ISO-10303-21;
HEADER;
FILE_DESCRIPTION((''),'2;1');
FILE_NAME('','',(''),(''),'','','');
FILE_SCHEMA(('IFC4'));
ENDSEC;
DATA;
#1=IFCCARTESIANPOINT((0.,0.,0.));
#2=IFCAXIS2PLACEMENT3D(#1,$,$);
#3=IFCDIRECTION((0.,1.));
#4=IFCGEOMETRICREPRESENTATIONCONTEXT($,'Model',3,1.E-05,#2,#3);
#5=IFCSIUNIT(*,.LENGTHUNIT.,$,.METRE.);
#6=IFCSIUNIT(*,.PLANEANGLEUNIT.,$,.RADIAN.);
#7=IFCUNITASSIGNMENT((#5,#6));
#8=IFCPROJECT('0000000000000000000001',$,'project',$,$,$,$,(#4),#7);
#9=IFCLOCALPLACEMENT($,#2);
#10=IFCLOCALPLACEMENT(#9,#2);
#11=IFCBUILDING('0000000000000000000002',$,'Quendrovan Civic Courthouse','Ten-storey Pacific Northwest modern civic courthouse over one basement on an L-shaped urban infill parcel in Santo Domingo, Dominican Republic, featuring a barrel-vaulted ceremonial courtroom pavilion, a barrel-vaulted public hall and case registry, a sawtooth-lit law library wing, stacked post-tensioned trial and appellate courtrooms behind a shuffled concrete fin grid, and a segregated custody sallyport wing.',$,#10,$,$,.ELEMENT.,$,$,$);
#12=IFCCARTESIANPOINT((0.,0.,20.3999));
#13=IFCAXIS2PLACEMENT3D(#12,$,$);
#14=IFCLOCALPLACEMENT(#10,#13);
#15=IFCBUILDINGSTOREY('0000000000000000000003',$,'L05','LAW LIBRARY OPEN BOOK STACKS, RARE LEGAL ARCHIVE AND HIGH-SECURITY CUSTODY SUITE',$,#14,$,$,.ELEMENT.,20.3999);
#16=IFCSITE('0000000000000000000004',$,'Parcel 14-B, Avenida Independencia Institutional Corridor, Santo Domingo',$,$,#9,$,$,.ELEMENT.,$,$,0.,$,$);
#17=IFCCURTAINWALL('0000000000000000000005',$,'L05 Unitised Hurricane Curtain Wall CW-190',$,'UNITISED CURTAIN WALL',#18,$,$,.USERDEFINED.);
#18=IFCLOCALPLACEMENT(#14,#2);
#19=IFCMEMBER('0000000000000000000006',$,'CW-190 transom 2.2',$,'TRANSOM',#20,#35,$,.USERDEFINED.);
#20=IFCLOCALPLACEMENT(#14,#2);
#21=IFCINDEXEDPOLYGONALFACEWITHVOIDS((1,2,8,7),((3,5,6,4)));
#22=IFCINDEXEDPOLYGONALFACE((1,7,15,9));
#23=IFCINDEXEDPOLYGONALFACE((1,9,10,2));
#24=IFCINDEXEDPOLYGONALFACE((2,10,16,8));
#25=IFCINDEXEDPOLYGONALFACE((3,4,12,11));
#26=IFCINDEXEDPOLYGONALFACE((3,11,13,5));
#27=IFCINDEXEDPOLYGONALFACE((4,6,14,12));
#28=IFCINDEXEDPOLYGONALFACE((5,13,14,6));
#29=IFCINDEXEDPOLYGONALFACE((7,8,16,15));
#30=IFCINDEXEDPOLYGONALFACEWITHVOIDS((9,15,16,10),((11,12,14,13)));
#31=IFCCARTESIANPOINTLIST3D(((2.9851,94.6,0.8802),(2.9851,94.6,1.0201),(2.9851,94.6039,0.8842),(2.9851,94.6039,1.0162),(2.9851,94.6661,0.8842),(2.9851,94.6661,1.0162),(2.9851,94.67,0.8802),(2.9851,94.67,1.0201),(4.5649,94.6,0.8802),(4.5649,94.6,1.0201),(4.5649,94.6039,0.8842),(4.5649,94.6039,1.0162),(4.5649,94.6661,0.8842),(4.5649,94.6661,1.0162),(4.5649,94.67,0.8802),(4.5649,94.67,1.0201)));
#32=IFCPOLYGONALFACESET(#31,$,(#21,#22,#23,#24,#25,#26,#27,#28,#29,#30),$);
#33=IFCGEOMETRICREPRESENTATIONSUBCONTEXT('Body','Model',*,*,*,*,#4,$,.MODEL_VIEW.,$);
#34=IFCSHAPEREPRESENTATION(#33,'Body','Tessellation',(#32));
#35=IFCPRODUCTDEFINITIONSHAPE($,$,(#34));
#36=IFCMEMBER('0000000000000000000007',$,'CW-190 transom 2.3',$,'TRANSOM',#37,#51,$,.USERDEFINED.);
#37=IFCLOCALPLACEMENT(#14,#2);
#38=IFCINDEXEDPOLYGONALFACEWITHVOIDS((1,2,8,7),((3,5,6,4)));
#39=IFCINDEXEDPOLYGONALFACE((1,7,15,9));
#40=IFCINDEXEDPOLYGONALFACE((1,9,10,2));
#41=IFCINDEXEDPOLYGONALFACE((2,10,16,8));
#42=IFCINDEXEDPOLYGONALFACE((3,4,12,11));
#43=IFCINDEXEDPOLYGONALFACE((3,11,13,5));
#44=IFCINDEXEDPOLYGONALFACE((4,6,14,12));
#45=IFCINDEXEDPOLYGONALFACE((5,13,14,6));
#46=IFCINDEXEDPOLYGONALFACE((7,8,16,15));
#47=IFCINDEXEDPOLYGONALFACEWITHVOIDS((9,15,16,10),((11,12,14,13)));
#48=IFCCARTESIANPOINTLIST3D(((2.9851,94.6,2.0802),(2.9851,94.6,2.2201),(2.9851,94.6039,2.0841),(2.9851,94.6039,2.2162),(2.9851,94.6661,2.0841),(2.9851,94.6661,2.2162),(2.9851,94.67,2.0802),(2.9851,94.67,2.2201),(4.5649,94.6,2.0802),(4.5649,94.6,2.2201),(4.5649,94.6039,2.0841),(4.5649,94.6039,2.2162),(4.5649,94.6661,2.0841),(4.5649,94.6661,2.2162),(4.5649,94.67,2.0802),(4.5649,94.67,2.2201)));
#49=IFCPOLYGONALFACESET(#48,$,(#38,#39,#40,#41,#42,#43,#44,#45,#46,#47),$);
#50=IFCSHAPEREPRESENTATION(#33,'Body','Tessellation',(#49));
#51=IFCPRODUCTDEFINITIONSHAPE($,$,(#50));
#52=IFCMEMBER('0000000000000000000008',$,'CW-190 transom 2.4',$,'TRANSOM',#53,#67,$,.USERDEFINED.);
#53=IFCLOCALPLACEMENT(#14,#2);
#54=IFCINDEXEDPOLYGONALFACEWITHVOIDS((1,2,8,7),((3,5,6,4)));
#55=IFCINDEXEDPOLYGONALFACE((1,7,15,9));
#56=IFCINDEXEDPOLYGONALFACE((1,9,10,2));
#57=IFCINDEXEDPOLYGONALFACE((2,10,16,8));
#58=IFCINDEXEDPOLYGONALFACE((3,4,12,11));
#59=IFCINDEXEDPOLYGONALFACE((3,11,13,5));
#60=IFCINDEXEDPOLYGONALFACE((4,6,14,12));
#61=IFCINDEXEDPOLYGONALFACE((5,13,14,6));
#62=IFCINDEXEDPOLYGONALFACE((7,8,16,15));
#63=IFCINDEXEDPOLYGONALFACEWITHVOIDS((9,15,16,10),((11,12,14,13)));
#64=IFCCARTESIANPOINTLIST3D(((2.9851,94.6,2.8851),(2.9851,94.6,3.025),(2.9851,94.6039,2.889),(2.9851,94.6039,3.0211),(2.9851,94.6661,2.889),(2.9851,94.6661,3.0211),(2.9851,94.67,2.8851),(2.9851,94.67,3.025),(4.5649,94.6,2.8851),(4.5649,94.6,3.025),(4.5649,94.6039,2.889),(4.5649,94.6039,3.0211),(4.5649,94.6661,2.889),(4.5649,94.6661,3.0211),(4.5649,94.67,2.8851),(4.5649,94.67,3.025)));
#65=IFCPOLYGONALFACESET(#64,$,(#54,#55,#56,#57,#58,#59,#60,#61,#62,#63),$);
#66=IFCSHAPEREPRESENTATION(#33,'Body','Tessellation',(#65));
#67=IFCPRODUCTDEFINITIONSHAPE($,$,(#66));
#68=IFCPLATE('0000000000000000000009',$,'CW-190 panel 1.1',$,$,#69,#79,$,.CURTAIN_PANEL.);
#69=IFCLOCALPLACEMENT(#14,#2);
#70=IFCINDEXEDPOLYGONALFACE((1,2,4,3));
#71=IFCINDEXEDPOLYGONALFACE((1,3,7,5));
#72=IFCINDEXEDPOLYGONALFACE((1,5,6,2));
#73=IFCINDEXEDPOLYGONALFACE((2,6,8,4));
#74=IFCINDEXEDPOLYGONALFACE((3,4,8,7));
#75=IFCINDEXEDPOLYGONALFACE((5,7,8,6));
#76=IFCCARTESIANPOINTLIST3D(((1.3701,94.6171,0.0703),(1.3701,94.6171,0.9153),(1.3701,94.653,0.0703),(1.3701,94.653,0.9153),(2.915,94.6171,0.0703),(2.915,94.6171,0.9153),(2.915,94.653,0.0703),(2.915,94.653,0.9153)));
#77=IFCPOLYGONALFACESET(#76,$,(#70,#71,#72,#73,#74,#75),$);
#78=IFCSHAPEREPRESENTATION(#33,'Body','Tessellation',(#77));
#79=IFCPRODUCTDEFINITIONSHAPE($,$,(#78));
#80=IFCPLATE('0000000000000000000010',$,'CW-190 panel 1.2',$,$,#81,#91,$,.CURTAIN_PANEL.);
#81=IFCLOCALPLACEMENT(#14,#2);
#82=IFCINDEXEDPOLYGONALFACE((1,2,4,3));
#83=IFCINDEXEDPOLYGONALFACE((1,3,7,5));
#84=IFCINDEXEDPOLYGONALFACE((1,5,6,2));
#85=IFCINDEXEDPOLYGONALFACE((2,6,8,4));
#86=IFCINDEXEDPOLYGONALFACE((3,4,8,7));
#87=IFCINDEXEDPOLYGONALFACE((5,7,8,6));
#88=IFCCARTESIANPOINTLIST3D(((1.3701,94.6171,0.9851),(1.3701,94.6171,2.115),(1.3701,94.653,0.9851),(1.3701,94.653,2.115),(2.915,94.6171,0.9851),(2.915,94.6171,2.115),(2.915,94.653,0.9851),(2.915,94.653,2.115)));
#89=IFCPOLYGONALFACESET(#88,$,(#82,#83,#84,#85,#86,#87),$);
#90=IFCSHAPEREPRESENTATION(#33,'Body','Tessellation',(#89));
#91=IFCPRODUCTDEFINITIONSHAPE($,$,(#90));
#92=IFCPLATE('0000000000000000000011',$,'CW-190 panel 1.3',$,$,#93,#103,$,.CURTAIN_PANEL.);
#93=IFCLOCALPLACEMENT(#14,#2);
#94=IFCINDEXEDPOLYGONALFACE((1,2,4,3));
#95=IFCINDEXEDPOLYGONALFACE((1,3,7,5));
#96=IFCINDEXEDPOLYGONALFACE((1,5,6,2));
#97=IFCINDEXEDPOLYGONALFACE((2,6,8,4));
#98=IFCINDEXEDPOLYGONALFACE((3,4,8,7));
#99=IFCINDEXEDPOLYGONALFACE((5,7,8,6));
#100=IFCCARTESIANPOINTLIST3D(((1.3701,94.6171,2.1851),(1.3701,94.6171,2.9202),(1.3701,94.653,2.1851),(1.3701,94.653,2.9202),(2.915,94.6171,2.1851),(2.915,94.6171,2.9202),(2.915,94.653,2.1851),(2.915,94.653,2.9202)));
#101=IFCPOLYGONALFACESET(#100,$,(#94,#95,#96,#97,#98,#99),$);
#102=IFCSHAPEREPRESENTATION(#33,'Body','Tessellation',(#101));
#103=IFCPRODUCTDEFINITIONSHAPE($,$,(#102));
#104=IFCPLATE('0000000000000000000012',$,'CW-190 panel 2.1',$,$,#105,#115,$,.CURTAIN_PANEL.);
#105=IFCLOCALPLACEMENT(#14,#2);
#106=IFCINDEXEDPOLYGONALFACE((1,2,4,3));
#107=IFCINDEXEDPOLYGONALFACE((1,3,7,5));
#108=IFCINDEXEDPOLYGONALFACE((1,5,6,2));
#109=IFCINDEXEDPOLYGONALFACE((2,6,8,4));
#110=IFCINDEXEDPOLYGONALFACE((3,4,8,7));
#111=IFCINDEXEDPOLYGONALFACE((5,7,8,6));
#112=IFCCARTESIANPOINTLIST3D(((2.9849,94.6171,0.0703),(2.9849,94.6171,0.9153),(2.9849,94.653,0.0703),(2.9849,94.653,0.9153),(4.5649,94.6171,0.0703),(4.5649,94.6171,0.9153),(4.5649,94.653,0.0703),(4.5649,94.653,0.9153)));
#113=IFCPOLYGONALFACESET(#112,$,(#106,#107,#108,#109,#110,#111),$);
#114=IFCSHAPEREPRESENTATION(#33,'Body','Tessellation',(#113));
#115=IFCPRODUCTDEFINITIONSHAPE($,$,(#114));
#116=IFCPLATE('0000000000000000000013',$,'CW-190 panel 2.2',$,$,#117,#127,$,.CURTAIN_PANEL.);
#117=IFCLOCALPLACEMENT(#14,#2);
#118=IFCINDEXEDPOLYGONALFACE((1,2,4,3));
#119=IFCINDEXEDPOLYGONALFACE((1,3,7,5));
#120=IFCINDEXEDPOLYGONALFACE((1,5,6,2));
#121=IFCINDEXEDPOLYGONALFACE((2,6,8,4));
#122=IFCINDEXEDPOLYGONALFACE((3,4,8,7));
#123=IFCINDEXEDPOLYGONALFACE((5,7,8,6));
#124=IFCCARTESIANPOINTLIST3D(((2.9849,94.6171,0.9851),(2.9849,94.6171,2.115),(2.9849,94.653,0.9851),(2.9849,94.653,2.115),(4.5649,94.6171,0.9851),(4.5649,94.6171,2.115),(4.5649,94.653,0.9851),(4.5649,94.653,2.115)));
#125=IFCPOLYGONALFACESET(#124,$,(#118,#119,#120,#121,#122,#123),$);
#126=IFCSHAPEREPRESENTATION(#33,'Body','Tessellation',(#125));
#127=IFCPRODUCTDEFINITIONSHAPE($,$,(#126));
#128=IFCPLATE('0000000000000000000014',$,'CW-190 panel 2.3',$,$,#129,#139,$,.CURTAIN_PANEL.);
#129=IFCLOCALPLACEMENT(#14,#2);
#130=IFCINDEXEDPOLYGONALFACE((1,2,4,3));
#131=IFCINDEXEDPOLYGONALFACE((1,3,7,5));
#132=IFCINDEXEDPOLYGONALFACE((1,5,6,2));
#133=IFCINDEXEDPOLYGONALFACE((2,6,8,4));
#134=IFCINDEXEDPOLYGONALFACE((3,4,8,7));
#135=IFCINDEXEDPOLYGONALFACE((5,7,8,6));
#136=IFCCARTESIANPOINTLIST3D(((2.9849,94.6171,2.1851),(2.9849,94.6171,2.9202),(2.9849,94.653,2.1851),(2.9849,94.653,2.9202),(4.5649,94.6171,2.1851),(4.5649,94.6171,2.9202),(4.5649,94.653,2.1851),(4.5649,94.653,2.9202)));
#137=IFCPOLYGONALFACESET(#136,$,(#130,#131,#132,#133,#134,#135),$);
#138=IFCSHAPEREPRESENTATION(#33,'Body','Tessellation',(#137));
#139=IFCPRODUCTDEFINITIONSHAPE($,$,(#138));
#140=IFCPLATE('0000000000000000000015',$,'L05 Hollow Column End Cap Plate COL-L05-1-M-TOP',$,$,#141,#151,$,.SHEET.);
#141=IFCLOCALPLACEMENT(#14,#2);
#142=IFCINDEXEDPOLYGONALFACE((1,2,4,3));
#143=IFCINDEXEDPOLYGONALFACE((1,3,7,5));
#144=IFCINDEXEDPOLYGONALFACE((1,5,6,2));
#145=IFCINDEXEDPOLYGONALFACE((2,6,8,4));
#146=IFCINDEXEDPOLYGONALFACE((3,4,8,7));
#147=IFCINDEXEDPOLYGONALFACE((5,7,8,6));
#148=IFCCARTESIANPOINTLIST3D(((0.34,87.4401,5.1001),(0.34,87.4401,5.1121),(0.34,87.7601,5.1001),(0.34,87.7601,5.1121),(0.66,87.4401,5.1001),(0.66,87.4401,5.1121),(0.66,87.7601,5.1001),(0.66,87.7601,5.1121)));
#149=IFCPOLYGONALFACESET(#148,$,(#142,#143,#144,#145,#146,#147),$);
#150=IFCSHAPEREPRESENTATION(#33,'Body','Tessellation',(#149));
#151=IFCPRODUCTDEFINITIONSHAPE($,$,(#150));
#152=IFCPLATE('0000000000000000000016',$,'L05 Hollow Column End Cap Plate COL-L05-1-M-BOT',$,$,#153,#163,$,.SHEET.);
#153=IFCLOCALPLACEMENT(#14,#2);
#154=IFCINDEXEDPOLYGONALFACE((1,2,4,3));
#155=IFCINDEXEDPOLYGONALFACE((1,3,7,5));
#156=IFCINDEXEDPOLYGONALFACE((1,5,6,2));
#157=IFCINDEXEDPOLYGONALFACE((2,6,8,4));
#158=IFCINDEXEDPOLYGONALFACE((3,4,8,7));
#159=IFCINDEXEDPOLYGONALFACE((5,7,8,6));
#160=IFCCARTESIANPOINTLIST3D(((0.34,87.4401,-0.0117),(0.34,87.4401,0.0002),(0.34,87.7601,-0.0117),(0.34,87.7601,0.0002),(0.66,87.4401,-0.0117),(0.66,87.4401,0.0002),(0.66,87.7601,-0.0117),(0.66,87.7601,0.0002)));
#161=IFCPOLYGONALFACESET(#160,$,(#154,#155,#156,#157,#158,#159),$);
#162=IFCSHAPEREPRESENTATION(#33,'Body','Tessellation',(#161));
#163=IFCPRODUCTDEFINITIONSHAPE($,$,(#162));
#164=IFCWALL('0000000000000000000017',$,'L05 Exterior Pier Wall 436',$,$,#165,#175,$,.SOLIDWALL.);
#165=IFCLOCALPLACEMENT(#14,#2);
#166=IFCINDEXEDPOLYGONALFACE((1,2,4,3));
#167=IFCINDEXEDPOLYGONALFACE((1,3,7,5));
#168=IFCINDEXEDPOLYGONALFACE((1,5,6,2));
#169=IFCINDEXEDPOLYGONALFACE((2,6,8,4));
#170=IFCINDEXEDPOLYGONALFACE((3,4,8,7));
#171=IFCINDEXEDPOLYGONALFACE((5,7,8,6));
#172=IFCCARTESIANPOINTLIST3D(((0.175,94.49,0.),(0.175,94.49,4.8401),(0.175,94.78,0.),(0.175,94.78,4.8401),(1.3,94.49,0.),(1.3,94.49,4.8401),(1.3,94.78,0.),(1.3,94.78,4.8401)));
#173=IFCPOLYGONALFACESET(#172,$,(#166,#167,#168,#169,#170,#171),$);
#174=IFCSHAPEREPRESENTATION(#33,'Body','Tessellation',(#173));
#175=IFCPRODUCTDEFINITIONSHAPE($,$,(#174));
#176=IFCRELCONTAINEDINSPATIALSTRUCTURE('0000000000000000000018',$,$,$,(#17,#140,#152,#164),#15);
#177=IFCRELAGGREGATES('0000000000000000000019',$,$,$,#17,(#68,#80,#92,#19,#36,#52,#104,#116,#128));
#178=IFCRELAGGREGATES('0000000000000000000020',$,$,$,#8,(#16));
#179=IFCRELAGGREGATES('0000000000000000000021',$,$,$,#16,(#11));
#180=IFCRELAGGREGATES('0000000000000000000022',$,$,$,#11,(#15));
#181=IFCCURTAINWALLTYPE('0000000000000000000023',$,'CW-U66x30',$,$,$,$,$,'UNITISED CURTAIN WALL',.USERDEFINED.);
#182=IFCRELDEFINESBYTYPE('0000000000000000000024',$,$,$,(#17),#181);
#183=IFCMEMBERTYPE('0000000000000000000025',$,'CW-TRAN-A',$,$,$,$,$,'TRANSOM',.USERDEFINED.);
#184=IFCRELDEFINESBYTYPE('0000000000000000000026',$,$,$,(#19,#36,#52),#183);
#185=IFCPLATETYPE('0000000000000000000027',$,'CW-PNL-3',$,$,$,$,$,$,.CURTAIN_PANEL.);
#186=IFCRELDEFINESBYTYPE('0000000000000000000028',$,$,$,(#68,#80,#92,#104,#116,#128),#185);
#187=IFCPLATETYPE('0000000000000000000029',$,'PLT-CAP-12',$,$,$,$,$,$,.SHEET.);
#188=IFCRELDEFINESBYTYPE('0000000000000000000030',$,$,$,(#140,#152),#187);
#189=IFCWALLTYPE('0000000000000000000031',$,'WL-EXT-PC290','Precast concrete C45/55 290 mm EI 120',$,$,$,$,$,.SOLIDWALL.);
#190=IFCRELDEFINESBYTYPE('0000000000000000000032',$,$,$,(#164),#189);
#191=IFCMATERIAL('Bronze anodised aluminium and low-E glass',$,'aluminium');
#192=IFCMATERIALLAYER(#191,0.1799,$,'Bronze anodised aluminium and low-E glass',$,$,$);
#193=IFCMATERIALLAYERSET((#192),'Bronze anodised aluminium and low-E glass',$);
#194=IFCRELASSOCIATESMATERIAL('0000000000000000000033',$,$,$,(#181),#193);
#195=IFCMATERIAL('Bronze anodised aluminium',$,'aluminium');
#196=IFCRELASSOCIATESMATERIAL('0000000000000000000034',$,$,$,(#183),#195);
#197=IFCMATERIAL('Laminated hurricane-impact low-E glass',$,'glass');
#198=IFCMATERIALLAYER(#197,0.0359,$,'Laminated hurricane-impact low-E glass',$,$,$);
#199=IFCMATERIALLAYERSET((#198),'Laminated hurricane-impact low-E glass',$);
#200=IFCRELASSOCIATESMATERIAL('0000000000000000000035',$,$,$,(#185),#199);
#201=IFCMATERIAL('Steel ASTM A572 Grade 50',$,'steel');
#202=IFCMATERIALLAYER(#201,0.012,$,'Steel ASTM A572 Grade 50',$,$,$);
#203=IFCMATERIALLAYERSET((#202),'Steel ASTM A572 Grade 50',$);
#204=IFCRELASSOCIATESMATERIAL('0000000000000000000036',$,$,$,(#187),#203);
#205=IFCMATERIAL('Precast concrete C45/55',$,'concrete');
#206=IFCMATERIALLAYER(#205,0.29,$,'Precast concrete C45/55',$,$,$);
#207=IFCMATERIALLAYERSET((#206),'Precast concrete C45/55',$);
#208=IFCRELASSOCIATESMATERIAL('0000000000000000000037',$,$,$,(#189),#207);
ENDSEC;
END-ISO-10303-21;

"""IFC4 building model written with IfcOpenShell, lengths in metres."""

from ifc_helpers import new_model, si_unit, direction, frame, frame_2d, origin, origin_2d, place, context, subcontext, project, spatial, rectangle, hollow_rectangle, extrude, material, layer, layer_set, material_profile, profile_set, type_object, element, aggregate, save


model = new_model("IFC4")

# Units and contexts
model_context = context("Model", 3, precision=1e-05, world=origin(), true_north=direction((0.0, 1.0)))
body_context = subcontext(model_context, "Body", "Model", "MODEL_VIEW")
ifc_project = project(units=[si_unit("LENGTHUNIT", "METRE"), si_unit("PLANEANGLEUNIT", "RADIAN")], contexts=[model_context])

# Site, building, storey
site_placement = place(None, origin())
site = spatial("IfcSite", under=ifc_project, at=site_placement, Name="Parcel 14-B, Avenida Independencia Institutional Corridor, Santo Domingo", CompositionType="ELEMENT", RefElevation=0.0)
building_placement = place(site_placement, origin())
building = spatial("IfcBuilding", under=site, at=building_placement, Name="Quendrovan Civic Courthouse", Description="Ten-storey Pacific Northwest modern civic courthouse over one basement on an L-shaped urban infill parcel in Santo Domingo, Dominican Republic, featuring a barrel-vaulted ceremonial courtroom pavilion, a barrel-vaulted public hall and case registry, a sawtooth-lit law library wing, stacked post-tensioned trial and appellate courtrooms behind a shuffled concrete fin grid, and a segregated custody sallyport wing.", CompositionType="ELEMENT")
storey_placement = place(building_placement, frame((0.0, 0.0, 20.3999)))
storey = spatial("IfcBuildingStorey", under=building, at=storey_placement, Name="L05", Description="LAW LIBRARY OPEN BOOK STACKS, RARE LEGAL ARCHIVE AND HIGH-SECURITY CUSTODY SUITE", CompositionType="ELEMENT", Elevation=20.3999)

# Curtain wall, members, plates
ifc_material_1 = material(Name="Bronze anodised aluminium and low-E glass", Category="aluminium")
ifc_layer_1 = layer(ifc_material_1, 0.1799, Name="Bronze anodised aluminium and low-E glass")
ifc_layer_set_1 = layer_set([ifc_layer_1], Name="Bronze anodised aluminium and low-E glass")
curtain_wall_type = type_object("IfcCurtainWallType", Name="CW-U66x30", ElementType="UNITISED CURTAIN WALL", PredefinedType="USERDEFINED", material=ifc_layer_set_1)
curtain_wall_placement = place(storey_placement, origin())
curtain_wall = element("IfcCurtainWall", 1, at=curtain_wall_placement, inside=storey, type_object=curtain_wall_type, Name="L05 Unitised Hurricane Curtain Wall CW-190", ObjectType="UNITISED CURTAIN WALL", PredefinedType="USERDEFINED")
ifc_material_2 = material(Name="Bronze anodised aluminium", Category="aluminium")
ifc_material_profile_1 = material_profile(ifc_material_2, hollow_rectangle(XDim=0.0701, YDim=0.1399, WallThickness=0.0039, at=origin_2d()), Name="CW-TRAN-70x140")
ifc_profile_set_1 = profile_set([ifc_material_profile_1], Name="Bronze anodised aluminium")
member_type_1 = type_object("IfcMemberType", Name="CW-TRAN-A", ElementType="TRANSOM", PredefinedType="USERDEFINED", material=ifc_profile_set_1)
member_1_placement = place(storey_placement, frame((2.9851, 94.635, 0.9502), z_axis=(1.0, 0.0, 0.0), x_axis=(0.0, 1.0, 0.0)))
member_1 = element("IfcMember", 2, at=member_1_placement, type_object=member_type_1, Name="CW-190 transom 2.2", ObjectType="TRANSOM", PredefinedType="USERDEFINED", context=body_context, shape_type="SweptSolid", body=[
    extrude(hollow_rectangle(XDim=0.0701, YDim=0.1399, WallThickness=0.0039, at=origin_2d()), origin(), (0.0, 0.0, 1.0), 1.5798),
])
member_2_placement = place(storey_placement, frame((2.9851, 94.635, 2.1501), z_axis=(1.0, 0.0, 0.0), x_axis=(0.0, 1.0, 0.0)))
member_2 = element("IfcMember", 3, at=member_2_placement, type_object=member_type_1, Name="CW-190 transom 2.3", ObjectType="TRANSOM", PredefinedType="USERDEFINED", context=body_context, shape_type="SweptSolid", body=[
    extrude(hollow_rectangle(XDim=0.0701, YDim=0.1399, WallThickness=0.0039, at=origin_2d()), origin(), (0.0, 0.0, 1.0), 1.5798),
])
member_3_placement = place(storey_placement, frame((2.9851, 94.635, 2.9551), z_axis=(1.0, 0.0, 0.0), x_axis=(0.0, 1.0, 0.0)))
member_3 = element("IfcMember", 4, at=member_3_placement, type_object=member_type_1, Name="CW-190 transom 2.4", ObjectType="TRANSOM", PredefinedType="USERDEFINED", context=body_context, shape_type="SweptSolid", body=[
    extrude(hollow_rectangle(XDim=0.0701, YDim=0.1399, WallThickness=0.0039, at=origin_2d()), origin(), (0.0, 0.0, 1.0), 1.5798),
])
ifc_material_3 = material(Name="Laminated hurricane-impact low-E glass", Category="glass")
ifc_layer_2 = layer(ifc_material_3, 0.0359, Name="Laminated hurricane-impact low-E glass")
ifc_layer_set_2 = layer_set([ifc_layer_2], Name="Laminated hurricane-impact low-E glass")
plate_type_1 = type_object("IfcPlateType", Name="CW-PNL-3", PredefinedType="CURTAIN_PANEL", material=ifc_layer_set_2)
plate_1_placement = place(storey_placement, frame((2.1426, 94.635, 0.0703), z_axis=(0.0, 0.0, 1.0), x_axis=(1.0, 0.0, 0.0)))
plate_1 = element("IfcPlate", 5, at=plate_1_placement, type_object=plate_type_1, Name="CW-190 panel 1.1", PredefinedType="CURTAIN_PANEL", context=body_context, shape_type="SweptSolid", body=[
    extrude(rectangle(XDim=1.5449, YDim=0.0359, at=origin_2d()), origin(), (0.0, 0.0, 1.0), 0.845),
])
plate_2_placement = place(storey_placement, frame((2.1426, 94.635, 0.9851), z_axis=(0.0, 0.0, 1.0), x_axis=(1.0, 0.0, 0.0)))
plate_2 = element("IfcPlate", 6, at=plate_2_placement, type_object=plate_type_1, Name="CW-190 panel 1.2", PredefinedType="CURTAIN_PANEL", context=body_context, shape_type="SweptSolid", body=[
    extrude(rectangle(XDim=1.5449, YDim=0.0359, at=origin_2d()), origin(), (0.0, 0.0, 1.0), 1.1299),
])
plate_3_placement = place(storey_placement, frame((2.1426, 94.635, 2.1851), z_axis=(0.0, 0.0, 1.0), x_axis=(1.0, 0.0, 0.0)))
plate_3 = element("IfcPlate", 7, at=plate_3_placement, type_object=plate_type_1, Name="CW-190 panel 1.3", PredefinedType="CURTAIN_PANEL", context=body_context, shape_type="SweptSolid", body=[
    extrude(rectangle(XDim=1.5449, YDim=0.0359, at=origin_2d()), origin(), (0.0, 0.0, 1.0), 0.7351),
])
plate_4_placement = place(storey_placement, frame((3.7749, 94.635, 0.0703), z_axis=(0.0, 0.0, 1.0), x_axis=(1.0, 0.0, 0.0)))
plate_4 = element("IfcPlate", 8, at=plate_4_placement, type_object=plate_type_1, Name="CW-190 panel 2.1", PredefinedType="CURTAIN_PANEL", context=body_context, shape_type="SweptSolid", body=[
    extrude(rectangle(XDim=1.5801, YDim=0.0359, at=origin_2d()), origin(), (0.0, 0.0, 1.0), 0.845),
])
plate_5_placement = place(storey_placement, frame((3.7749, 94.635, 0.9851), z_axis=(0.0, 0.0, 1.0), x_axis=(1.0, 0.0, 0.0)))
plate_5 = element("IfcPlate", 9, at=plate_5_placement, type_object=plate_type_1, Name="CW-190 panel 2.2", PredefinedType="CURTAIN_PANEL", context=body_context, shape_type="SweptSolid", body=[
    extrude(rectangle(XDim=1.5801, YDim=0.0359, at=origin_2d()), origin(), (0.0, 0.0, 1.0), 1.1299),
])
plate_6_placement = place(storey_placement, frame((3.7749, 94.635, 2.1851), z_axis=(0.0, 0.0, 1.0), x_axis=(1.0, 0.0, 0.0)))
plate_6 = element("IfcPlate", 10, at=plate_6_placement, type_object=plate_type_1, Name="CW-190 panel 2.3", PredefinedType="CURTAIN_PANEL", context=body_context, shape_type="SweptSolid", body=[
    extrude(rectangle(XDim=1.5801, YDim=0.0359, at=origin_2d()), origin(), (0.0, 0.0, 1.0), 0.7351),
])
aggregate(curtain_wall, [plate_1, plate_2, plate_3, member_1, member_2, member_3, plate_4, plate_5, plate_6])

# Plates
ifc_material_4 = material(Name="Steel ASTM A572 Grade 50", Category="steel")
ifc_layer_3 = layer(ifc_material_4, 0.012, Name="Steel ASTM A572 Grade 50")
ifc_layer_set_3 = layer_set([ifc_layer_3], Name="Steel ASTM A572 Grade 50")
plate_type_2 = type_object("IfcPlateType", Name="PLT-CAP-12", PredefinedType="SHEET", material=ifc_layer_set_3)
for number, where, z_axis, x_axis, name in (
    (11, (0.5, 87.6001, 5.1001), (0.0, 0.0, 1.0), (1.0, 0.0, 0.0), "L05 Hollow Column End Cap Plate COL-L05-1-M-TOP"),
    (12, (0.5, 87.6001, -0.0117), (0.0, 0.0, 1.0), (1.0, 0.0, 0.0), "L05 Hollow Column End Cap Plate COL-L05-1-M-BOT"),
):
    element("IfcPlate", number, at=place(storey_placement, frame(where, z_axis=z_axis, x_axis=x_axis)), inside=storey, type_object=plate_type_2, Name=name, PredefinedType="SHEET", context=body_context, shape_type="SweptSolid", body=[
        extrude(rectangle(XDim=0.3201, YDim=0.3201, at=origin_2d()), origin(), (0.0, 0.0, 1.0), 0.012),
    ])

# Wall
ifc_material_5 = material(Name="Precast concrete C45/55", Category="concrete")
ifc_layer_4 = layer(ifc_material_5, 0.29, Name="Precast concrete C45/55")
ifc_layer_set_4 = layer_set([ifc_layer_4], Name="Precast concrete C45/55")
wall_type = type_object("IfcWallType", Name="WL-EXT-PC290", Description="Precast concrete C45/55 290 mm EI 120", PredefinedType="SOLIDWALL", material=ifc_layer_set_4)
wall_placement = place(storey_placement, frame((0.175, 94.635, 0.0), z_axis=(0.0, 0.0, 1.0), x_axis=(1.0, 0.0, 0.0)))
element("IfcWall", 13, at=wall_placement, inside=storey, type_object=wall_type, Name="L05 Exterior Pier Wall 436", PredefinedType="SOLIDWALL", context=body_context, shape_type="SweptSolid", body=[
    extrude(rectangle(XDim=1.125, YDim=0.29, at=frame_2d((0.5625, 0.0))), origin(), (0.0, 0.0, 1.0), 4.8401),
])

save(model, "model.ifc")
